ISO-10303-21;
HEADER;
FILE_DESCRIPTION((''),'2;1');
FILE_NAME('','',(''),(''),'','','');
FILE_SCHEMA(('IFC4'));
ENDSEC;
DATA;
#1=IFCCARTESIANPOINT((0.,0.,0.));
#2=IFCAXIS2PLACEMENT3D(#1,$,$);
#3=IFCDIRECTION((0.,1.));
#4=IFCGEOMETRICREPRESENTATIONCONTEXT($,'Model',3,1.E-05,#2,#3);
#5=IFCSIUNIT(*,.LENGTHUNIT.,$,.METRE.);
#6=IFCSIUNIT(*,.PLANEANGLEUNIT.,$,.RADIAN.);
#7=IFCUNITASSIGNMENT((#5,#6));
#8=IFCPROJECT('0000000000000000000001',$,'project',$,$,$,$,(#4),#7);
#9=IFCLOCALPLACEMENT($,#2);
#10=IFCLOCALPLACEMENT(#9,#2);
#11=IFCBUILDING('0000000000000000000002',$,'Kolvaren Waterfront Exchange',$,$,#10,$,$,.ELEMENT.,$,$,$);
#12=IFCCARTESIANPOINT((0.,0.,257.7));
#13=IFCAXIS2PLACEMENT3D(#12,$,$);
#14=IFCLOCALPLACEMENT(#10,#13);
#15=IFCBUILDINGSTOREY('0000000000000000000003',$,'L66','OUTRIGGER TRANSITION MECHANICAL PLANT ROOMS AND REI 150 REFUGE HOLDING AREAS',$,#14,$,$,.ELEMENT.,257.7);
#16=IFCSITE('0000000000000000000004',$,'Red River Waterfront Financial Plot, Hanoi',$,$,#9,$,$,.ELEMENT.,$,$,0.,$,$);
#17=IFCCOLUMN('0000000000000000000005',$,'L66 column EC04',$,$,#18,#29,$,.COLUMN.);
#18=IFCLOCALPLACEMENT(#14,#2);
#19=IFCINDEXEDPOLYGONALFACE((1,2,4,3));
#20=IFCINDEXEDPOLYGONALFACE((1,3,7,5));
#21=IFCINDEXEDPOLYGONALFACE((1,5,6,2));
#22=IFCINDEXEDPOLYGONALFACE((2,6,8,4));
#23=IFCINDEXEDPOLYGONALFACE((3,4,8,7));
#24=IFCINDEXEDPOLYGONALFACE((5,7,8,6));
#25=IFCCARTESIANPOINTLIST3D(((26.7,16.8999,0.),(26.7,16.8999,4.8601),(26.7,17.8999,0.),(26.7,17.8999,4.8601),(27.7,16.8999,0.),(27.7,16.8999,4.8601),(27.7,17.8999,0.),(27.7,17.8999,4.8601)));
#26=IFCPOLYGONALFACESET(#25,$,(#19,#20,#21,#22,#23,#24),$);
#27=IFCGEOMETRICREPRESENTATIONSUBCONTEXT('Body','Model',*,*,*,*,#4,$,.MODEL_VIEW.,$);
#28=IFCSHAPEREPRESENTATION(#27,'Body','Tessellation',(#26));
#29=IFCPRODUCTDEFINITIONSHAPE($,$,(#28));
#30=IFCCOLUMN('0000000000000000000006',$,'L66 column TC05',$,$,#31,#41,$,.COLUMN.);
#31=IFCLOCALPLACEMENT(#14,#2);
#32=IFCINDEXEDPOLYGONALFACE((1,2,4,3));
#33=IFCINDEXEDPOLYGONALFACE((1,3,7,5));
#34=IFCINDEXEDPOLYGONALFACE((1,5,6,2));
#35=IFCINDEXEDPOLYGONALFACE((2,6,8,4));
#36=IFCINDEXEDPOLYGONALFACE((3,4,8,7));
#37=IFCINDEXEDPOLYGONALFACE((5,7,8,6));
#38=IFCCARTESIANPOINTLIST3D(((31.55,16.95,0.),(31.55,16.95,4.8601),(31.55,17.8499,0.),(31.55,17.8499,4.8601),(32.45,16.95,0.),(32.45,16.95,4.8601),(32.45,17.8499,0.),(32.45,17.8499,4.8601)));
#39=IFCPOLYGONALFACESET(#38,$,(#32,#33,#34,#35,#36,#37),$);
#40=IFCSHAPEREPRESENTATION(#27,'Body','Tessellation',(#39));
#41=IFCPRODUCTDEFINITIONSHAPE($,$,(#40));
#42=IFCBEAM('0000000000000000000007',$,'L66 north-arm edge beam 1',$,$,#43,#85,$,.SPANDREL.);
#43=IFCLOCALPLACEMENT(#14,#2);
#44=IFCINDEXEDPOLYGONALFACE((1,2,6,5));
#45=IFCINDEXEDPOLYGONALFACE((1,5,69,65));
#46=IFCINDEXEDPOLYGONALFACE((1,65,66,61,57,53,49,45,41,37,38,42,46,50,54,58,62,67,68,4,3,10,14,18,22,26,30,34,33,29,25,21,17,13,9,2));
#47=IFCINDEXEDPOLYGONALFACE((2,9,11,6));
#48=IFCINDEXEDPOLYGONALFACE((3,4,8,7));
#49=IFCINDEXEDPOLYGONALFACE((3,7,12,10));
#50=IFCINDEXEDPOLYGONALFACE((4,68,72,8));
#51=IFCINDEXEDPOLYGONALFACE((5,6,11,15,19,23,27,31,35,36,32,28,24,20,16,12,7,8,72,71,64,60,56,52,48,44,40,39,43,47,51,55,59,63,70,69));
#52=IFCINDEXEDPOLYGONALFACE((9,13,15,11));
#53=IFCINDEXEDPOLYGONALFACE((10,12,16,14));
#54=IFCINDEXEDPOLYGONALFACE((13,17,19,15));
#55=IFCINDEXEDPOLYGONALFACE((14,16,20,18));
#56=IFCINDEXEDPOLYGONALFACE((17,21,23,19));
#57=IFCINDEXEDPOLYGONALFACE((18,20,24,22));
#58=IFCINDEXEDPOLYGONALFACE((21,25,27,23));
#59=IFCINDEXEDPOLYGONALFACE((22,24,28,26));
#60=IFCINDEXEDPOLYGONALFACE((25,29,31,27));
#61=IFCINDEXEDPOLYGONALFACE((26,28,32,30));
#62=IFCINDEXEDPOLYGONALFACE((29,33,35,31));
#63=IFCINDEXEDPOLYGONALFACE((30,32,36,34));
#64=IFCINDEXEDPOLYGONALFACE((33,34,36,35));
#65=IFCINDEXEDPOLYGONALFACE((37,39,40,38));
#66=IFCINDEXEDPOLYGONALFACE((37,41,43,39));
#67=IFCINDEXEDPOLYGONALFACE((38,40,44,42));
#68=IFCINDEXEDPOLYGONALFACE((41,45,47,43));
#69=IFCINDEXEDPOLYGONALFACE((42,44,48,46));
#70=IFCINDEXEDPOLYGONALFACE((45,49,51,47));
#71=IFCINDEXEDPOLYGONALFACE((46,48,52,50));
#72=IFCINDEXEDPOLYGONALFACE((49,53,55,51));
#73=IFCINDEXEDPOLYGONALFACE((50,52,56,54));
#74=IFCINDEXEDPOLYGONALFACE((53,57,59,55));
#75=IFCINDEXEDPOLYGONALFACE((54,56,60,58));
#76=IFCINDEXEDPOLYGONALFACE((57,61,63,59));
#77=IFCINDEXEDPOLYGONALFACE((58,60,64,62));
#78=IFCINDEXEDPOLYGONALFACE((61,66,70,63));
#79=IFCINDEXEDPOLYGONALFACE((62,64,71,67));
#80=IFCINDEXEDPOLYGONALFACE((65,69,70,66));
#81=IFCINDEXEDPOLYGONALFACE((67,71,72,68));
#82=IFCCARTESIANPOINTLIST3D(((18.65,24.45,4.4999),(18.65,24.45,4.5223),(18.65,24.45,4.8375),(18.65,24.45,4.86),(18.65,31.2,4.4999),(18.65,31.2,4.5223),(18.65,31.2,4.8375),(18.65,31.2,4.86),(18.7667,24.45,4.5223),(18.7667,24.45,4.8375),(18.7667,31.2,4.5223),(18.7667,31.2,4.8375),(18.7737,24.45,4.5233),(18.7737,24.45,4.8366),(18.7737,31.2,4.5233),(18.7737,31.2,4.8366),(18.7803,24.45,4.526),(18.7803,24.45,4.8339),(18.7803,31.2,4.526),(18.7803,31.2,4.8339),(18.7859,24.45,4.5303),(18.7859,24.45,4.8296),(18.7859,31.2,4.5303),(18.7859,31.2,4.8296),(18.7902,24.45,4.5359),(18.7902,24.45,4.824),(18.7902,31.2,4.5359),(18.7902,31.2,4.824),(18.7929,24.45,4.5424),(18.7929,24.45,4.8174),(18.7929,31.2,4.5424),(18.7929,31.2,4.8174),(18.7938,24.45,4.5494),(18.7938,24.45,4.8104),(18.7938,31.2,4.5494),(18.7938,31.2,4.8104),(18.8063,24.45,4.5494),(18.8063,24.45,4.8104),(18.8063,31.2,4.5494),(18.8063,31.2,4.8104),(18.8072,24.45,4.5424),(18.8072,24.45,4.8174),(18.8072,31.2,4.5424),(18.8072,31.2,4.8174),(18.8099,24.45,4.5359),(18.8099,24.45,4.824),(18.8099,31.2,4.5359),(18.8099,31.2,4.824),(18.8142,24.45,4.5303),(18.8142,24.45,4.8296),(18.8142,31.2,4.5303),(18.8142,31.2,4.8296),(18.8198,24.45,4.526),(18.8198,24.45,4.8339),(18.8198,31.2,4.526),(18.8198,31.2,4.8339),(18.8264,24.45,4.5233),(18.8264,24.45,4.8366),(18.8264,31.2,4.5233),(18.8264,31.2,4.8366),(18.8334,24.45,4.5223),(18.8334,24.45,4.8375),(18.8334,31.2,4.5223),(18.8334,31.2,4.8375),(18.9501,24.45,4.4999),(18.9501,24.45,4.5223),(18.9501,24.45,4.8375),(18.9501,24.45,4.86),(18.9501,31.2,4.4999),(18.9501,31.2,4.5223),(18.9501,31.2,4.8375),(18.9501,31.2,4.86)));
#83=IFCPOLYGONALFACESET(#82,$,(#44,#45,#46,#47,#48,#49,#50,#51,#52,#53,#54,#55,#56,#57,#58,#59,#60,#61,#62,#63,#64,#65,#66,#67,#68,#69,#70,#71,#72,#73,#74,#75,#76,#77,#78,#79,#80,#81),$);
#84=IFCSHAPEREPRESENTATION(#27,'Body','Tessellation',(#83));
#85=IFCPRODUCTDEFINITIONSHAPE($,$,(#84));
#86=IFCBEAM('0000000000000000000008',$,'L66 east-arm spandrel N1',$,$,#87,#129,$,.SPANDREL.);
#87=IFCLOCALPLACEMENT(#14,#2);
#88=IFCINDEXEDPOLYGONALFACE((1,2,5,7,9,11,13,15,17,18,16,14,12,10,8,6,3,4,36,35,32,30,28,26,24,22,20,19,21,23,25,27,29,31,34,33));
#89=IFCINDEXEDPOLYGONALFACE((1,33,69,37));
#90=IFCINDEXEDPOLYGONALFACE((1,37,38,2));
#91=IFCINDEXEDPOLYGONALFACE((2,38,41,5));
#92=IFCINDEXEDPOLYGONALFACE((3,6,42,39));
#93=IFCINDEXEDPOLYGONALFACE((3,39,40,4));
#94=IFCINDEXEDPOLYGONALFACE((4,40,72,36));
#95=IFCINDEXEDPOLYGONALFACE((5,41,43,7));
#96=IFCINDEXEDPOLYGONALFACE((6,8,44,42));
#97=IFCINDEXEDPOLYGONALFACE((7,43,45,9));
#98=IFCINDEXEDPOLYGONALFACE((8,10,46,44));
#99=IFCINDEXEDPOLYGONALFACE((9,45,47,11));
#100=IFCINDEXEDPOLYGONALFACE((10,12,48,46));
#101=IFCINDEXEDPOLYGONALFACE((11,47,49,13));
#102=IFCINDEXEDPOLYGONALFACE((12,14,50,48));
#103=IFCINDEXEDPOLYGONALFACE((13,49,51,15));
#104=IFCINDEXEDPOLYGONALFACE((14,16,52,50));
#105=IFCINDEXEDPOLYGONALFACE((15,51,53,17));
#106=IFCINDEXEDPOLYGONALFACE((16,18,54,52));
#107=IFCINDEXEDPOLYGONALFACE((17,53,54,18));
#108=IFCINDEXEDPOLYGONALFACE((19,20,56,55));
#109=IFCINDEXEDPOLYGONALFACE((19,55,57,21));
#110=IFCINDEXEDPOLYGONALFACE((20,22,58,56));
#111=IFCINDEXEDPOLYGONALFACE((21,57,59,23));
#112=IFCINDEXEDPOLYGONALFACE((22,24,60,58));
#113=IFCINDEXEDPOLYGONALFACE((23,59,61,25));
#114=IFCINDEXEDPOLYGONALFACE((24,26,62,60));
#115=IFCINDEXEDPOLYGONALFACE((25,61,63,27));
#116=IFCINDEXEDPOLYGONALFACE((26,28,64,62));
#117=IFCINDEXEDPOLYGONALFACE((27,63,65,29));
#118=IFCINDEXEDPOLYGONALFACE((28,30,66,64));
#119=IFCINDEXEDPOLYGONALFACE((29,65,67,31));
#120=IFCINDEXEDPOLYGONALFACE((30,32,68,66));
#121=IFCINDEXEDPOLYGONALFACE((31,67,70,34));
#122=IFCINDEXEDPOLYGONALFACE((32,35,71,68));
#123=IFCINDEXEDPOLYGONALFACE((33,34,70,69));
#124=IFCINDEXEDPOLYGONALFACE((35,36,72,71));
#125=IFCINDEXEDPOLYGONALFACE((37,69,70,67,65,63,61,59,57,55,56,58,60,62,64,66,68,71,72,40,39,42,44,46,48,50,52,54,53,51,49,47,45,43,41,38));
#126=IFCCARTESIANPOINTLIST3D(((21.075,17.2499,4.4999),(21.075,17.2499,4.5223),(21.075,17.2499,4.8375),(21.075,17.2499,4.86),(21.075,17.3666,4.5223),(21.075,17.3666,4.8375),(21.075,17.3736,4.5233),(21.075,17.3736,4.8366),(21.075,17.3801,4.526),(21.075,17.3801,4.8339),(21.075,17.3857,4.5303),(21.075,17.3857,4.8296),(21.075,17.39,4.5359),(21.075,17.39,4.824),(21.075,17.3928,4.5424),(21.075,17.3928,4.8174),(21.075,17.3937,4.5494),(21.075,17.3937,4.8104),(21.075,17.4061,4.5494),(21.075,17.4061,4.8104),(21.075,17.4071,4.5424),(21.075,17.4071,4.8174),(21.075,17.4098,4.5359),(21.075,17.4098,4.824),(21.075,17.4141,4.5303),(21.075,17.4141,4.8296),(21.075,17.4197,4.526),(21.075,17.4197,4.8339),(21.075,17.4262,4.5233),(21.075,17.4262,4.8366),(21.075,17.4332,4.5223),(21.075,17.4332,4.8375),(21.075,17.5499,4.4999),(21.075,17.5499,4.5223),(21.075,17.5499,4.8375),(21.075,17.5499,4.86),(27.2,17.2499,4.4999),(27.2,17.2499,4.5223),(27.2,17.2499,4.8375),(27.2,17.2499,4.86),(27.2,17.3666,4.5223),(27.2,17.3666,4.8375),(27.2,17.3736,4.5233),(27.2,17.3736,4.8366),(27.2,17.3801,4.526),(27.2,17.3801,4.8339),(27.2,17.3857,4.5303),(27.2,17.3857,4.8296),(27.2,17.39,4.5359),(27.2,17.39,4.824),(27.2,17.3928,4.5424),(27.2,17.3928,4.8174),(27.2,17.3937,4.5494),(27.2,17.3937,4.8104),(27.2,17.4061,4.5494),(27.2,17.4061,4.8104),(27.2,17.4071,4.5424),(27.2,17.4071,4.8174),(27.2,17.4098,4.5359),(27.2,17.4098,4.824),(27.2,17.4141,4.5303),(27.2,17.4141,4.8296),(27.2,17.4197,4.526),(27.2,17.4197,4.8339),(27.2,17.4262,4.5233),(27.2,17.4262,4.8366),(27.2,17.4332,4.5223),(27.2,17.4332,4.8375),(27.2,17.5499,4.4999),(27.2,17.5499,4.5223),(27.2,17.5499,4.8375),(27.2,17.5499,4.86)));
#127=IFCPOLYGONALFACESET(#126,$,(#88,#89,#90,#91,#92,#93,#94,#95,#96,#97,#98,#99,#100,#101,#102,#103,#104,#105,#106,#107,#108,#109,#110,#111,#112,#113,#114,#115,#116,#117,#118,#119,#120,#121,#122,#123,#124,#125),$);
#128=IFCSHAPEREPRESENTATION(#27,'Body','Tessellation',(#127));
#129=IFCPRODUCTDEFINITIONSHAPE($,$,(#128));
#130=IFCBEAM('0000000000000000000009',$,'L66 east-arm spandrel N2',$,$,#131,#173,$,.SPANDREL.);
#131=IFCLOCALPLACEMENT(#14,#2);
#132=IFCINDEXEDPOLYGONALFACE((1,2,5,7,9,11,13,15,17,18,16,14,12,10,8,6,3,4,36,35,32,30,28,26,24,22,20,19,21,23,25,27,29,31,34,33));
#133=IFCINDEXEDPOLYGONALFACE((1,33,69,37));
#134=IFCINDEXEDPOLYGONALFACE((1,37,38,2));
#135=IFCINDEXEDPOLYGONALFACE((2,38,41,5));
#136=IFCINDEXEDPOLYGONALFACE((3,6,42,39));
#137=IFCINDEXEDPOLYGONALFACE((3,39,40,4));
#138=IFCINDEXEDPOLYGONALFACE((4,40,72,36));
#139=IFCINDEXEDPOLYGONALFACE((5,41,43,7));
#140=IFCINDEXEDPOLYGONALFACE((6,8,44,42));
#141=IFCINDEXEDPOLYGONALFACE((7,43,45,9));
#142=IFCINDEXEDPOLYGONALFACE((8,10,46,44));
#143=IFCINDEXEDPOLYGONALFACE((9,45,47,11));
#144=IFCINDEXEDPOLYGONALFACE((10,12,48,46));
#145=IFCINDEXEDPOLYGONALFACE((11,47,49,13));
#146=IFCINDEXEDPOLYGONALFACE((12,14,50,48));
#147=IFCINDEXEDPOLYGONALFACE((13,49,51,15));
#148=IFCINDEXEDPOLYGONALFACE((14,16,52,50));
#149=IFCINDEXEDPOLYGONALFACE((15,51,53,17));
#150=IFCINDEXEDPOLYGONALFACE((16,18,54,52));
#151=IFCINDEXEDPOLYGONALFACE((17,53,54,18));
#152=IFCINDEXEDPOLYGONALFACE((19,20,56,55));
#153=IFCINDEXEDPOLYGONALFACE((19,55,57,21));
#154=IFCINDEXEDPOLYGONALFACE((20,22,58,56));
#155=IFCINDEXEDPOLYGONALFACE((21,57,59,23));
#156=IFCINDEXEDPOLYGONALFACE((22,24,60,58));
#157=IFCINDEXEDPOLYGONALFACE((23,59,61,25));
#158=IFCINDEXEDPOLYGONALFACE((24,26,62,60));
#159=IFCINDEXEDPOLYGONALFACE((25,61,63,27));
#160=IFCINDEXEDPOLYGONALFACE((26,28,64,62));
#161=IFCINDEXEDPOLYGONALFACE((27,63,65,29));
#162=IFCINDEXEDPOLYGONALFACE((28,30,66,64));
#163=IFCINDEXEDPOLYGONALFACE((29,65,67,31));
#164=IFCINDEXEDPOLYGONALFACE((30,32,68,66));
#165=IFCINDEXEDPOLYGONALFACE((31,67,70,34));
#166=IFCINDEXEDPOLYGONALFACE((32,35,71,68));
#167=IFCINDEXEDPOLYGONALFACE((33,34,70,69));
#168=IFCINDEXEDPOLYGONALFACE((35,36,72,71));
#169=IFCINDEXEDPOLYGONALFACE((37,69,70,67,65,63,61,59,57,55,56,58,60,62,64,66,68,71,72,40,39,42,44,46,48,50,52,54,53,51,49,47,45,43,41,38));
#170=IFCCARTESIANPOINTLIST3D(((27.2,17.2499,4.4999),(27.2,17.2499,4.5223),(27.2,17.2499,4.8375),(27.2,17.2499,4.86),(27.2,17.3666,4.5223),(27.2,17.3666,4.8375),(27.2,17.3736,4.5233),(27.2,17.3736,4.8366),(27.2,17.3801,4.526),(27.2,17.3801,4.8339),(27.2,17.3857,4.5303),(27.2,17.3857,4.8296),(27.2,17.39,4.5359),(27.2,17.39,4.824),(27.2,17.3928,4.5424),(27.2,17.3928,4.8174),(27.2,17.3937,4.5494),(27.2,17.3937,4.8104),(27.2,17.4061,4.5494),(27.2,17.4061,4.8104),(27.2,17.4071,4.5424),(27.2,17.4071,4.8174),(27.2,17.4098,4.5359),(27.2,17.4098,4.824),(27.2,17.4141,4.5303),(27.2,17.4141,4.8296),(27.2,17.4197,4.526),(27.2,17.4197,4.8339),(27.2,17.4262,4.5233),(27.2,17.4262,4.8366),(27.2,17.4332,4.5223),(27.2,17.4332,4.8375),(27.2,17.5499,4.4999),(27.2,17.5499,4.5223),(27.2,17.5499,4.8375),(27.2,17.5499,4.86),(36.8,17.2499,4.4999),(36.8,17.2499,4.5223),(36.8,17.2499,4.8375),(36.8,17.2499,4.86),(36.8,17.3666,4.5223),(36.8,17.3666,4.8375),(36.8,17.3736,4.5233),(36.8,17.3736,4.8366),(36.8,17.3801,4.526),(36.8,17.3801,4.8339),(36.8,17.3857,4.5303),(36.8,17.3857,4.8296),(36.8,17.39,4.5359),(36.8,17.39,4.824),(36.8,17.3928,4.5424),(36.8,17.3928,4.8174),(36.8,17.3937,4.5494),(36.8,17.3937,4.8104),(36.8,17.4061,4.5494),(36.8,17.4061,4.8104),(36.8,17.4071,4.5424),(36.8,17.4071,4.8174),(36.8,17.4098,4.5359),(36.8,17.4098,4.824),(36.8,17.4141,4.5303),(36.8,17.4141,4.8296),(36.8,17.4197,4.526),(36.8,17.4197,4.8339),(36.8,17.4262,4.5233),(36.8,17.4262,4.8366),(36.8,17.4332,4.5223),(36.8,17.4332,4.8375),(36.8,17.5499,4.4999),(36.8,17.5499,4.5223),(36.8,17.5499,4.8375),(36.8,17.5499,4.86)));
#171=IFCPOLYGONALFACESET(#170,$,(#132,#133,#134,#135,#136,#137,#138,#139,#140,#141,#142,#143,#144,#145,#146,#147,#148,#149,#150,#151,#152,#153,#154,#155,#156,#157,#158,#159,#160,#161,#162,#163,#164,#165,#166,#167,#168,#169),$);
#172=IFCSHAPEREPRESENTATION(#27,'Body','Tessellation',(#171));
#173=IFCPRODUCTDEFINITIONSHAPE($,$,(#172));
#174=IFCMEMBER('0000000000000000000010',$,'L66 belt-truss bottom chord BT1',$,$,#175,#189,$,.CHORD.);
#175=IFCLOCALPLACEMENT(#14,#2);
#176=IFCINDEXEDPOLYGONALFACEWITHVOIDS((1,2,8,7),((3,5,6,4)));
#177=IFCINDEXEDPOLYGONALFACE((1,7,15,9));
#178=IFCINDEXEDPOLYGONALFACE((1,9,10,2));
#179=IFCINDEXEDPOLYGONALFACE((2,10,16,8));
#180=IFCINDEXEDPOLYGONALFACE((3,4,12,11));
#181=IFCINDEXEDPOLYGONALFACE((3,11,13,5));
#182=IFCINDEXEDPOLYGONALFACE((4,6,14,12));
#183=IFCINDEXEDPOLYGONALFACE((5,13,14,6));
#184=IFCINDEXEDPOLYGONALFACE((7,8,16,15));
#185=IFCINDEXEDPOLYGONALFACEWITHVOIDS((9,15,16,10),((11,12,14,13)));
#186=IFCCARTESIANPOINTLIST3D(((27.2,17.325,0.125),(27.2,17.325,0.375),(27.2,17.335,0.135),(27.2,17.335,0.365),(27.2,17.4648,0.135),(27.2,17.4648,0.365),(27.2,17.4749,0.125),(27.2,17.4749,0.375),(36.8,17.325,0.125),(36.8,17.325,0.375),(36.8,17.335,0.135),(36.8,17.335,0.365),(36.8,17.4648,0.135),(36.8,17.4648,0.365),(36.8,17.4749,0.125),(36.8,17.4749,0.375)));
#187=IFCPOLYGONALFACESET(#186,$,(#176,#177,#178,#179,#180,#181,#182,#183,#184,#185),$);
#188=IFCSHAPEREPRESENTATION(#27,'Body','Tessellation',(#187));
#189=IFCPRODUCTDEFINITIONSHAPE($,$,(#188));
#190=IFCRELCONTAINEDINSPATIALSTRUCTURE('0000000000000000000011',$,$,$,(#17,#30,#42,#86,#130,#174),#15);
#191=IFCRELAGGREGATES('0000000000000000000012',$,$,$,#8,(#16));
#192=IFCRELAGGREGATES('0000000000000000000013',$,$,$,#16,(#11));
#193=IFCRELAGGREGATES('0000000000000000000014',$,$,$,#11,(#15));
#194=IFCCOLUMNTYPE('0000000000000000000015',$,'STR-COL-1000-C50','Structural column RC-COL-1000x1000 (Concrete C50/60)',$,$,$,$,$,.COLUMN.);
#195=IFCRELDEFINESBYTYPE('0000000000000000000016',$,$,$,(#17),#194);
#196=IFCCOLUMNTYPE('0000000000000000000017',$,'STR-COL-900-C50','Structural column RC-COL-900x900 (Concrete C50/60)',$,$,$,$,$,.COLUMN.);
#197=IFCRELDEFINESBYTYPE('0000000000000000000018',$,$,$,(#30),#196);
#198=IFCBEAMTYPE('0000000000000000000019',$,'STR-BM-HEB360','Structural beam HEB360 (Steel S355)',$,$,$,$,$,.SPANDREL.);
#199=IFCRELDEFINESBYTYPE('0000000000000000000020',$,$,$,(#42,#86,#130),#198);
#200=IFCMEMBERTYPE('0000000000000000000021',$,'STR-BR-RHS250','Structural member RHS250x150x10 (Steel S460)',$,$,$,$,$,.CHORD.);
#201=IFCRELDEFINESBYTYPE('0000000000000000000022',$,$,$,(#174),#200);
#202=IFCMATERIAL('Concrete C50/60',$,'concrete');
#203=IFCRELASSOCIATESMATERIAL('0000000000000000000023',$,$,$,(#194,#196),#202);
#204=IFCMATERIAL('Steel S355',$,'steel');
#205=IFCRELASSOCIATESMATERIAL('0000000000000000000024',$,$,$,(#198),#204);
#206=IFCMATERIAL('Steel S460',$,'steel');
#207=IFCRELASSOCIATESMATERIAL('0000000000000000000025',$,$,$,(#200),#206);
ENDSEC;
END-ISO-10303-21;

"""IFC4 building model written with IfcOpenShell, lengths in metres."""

from ifc_helpers import new_model, si_unit, direction, frame, origin, origin_2d, place, context, subcontext, project, spatial, rectangle, hollow_rectangle, i_section, extrude, material, material_profile, profile_set, type_object, element, save


model = new_model("IFC4")

# Units and contexts
model_context = context("Model", 3, precision=1e-05, world=origin(), true_north=direction((0.0, 1.0)))
body_context = subcontext(model_context, "Body", "Model", "MODEL_VIEW")
ifc_project = project(units=[si_unit("LENGTHUNIT", "METRE"), si_unit("PLANEANGLEUNIT", "RADIAN")], contexts=[model_context])

# Site, building, storey
site_placement = place(None, origin())
site = spatial("IfcSite", under=ifc_project, at=site_placement, Name="Red River Waterfront Financial Plot, Hanoi", CompositionType="ELEMENT", RefElevation=0.0)
building_placement = place(site_placement, origin())
building = spatial("IfcBuilding", under=site, at=building_placement, Name="Kolvaren Waterfront Exchange", CompositionType="ELEMENT")
storey_placement = place(building_placement, frame((0.0, 0.0, 257.7)))
storey = spatial("IfcBuildingStorey", under=building, at=storey_placement, Name="L66", Description="OUTRIGGER TRANSITION MECHANICAL PLANT ROOMS AND REI 150 REFUGE HOLDING AREAS", CompositionType="ELEMENT", Elevation=257.7)

# Columns
ifc_material_1 = material(Name="Concrete C50/60", Category="concrete")
ifc_material_profile_1 = material_profile(ifc_material_1, rectangle(XDim=1.0, YDim=1.0, at=origin_2d()), Name="RC-COL-1000x1000")
ifc_profile_set_1 = profile_set([ifc_material_profile_1], Name="Concrete C50/60")
column_type_1 = type_object("IfcColumnType", Name="STR-COL-1000-C50", Description="Structural column RC-COL-1000x1000 (Concrete C50/60)", PredefinedType="COLUMN", material=ifc_profile_set_1)
column_1_placement = place(storey_placement, frame((27.2, 17.3999, 0.0), z_axis=(0.0, 0.0, 1.0), x_axis=(1.0, 0.0, 0.0)))
element("IfcColumn", 1, at=column_1_placement, inside=storey, type_object=column_type_1, Name="L66 column EC04", PredefinedType="COLUMN", context=body_context, shape_type="SweptSolid", body=[
    extrude(rectangle(XDim=1.0, YDim=1.0, at=origin_2d()), origin(), (0.0, 0.0, 1.0), 4.8601),
])
ifc_material_profile_2 = material_profile(ifc_material_1, rectangle(XDim=0.8999, YDim=0.8999, at=origin_2d()), Name="RC-COL-900x900")
ifc_profile_set_2 = profile_set([ifc_material_profile_2], Name="Concrete C50/60")
column_type_2 = type_object("IfcColumnType", Name="STR-COL-900-C50", Description="Structural column RC-COL-900x900 (Concrete C50/60)", PredefinedType="COLUMN", material=ifc_profile_set_2)
column_2_placement = place(storey_placement, frame((32.0, 17.3999, 0.0), z_axis=(0.0, 0.0, 1.0), x_axis=(1.0, 0.0, 0.0)))
element("IfcColumn", 2, at=column_2_placement, inside=storey, type_object=column_type_2, Name="L66 column TC05", PredefinedType="COLUMN", context=body_context, shape_type="SweptSolid", body=[
    extrude(rectangle(XDim=0.8999, YDim=0.8999, at=origin_2d()), origin(), (0.0, 0.0, 1.0), 4.8601),
])

# Beams
ifc_material_2 = material(Name="Steel S355", Category="steel")
ifc_material_profile_3 = material_profile(ifc_material_2, i_section(OverallWidth=0.3, OverallDepth=0.3601, WebThickness=0.0125, FlangeThickness=0.0225, FilletRadius=0.0271, at=origin_2d()), Name="HEB360")
ifc_profile_set_3 = profile_set([ifc_material_profile_3], Name="Steel S355")
beam_type = type_object("IfcBeamType", Name="STR-BM-HEB360", Description="Structural beam HEB360 (Steel S355)", PredefinedType="SPANDREL", material=ifc_profile_set_3)
beam_1_placement = place(storey_placement, frame((18.8, 24.45, 4.6799), z_axis=(0.0, 1.0, 0.0), x_axis=(-1.0, 0.0, 0.0)))
element("IfcBeam", 3, at=beam_1_placement, inside=storey, type_object=beam_type, Name="L66 north-arm edge beam 1", PredefinedType="SPANDREL", context=body_context, shape_type="SweptSolid", body=[
    extrude(i_section(OverallWidth=0.3, OverallDepth=0.3601, WebThickness=0.0125, FlangeThickness=0.0225, FilletRadius=0.0271, at=origin_2d()), origin(), (0.0, 0.0, 1.0), 6.75),
])
beam_2_placement = place(storey_placement, frame((21.075, 17.3999, 4.6799), z_axis=(1.0, 0.0, 0.0), x_axis=(0.0, 1.0, 0.0)))
element("IfcBeam", 4, at=beam_2_placement, inside=storey, type_object=beam_type, Name="L66 east-arm spandrel N1", PredefinedType="SPANDREL", context=body_context, shape_type="SweptSolid", body=[
    extrude(i_section(OverallWidth=0.3, OverallDepth=0.3601, WebThickness=0.0125, FlangeThickness=0.0225, FilletRadius=0.0271, at=origin_2d()), origin(), (0.0, 0.0, 1.0), 6.125),
])
beam_3_placement = place(storey_placement, frame((27.2, 17.3999, 4.6799), z_axis=(1.0, 0.0, 0.0), x_axis=(0.0, 1.0, 0.0)))
element("IfcBeam", 5, at=beam_3_placement, inside=storey, type_object=beam_type, Name="L66 east-arm spandrel N2", PredefinedType="SPANDREL", context=body_context, shape_type="SweptSolid", body=[
    extrude(i_section(OverallWidth=0.3, OverallDepth=0.3601, WebThickness=0.0125, FlangeThickness=0.0225, FilletRadius=0.0271, at=origin_2d()), origin(), (0.0, 0.0, 1.0), 9.6001),
])

# Member
ifc_material_3 = material(Name="Steel S460", Category="steel")
ifc_material_profile_4 = material_profile(ifc_material_3, hollow_rectangle(XDim=0.1499, YDim=0.25, WallThickness=0.01, at=origin_2d()), Name="RHS250x150x10")
ifc_profile_set_4 = profile_set([ifc_material_profile_4], Name="Steel S460")
member_type_1 = type_object("IfcMemberType", Name="STR-BR-RHS250", Description="Structural member RHS250x150x10 (Steel S460)", PredefinedType="CHORD", material=ifc_profile_set_4)
member_1_placement = place(storey_placement, frame((27.2, 17.3999, 0.25), z_axis=(1.0, 0.0, 0.0), x_axis=(0.0, 1.0, 0.0)))
element("IfcMember", 6, at=member_1_placement, inside=storey, type_object=member_type_1, Name="L66 belt-truss bottom chord BT1", PredefinedType="CHORD", context=body_context, shape_type="SweptSolid", body=[
    extrude(hollow_rectangle(XDim=0.1499, YDim=0.25, WallThickness=0.01, at=origin_2d()), origin(), (0.0, 0.0, 1.0), 9.6001),
])

save(model, "model.ifc")
